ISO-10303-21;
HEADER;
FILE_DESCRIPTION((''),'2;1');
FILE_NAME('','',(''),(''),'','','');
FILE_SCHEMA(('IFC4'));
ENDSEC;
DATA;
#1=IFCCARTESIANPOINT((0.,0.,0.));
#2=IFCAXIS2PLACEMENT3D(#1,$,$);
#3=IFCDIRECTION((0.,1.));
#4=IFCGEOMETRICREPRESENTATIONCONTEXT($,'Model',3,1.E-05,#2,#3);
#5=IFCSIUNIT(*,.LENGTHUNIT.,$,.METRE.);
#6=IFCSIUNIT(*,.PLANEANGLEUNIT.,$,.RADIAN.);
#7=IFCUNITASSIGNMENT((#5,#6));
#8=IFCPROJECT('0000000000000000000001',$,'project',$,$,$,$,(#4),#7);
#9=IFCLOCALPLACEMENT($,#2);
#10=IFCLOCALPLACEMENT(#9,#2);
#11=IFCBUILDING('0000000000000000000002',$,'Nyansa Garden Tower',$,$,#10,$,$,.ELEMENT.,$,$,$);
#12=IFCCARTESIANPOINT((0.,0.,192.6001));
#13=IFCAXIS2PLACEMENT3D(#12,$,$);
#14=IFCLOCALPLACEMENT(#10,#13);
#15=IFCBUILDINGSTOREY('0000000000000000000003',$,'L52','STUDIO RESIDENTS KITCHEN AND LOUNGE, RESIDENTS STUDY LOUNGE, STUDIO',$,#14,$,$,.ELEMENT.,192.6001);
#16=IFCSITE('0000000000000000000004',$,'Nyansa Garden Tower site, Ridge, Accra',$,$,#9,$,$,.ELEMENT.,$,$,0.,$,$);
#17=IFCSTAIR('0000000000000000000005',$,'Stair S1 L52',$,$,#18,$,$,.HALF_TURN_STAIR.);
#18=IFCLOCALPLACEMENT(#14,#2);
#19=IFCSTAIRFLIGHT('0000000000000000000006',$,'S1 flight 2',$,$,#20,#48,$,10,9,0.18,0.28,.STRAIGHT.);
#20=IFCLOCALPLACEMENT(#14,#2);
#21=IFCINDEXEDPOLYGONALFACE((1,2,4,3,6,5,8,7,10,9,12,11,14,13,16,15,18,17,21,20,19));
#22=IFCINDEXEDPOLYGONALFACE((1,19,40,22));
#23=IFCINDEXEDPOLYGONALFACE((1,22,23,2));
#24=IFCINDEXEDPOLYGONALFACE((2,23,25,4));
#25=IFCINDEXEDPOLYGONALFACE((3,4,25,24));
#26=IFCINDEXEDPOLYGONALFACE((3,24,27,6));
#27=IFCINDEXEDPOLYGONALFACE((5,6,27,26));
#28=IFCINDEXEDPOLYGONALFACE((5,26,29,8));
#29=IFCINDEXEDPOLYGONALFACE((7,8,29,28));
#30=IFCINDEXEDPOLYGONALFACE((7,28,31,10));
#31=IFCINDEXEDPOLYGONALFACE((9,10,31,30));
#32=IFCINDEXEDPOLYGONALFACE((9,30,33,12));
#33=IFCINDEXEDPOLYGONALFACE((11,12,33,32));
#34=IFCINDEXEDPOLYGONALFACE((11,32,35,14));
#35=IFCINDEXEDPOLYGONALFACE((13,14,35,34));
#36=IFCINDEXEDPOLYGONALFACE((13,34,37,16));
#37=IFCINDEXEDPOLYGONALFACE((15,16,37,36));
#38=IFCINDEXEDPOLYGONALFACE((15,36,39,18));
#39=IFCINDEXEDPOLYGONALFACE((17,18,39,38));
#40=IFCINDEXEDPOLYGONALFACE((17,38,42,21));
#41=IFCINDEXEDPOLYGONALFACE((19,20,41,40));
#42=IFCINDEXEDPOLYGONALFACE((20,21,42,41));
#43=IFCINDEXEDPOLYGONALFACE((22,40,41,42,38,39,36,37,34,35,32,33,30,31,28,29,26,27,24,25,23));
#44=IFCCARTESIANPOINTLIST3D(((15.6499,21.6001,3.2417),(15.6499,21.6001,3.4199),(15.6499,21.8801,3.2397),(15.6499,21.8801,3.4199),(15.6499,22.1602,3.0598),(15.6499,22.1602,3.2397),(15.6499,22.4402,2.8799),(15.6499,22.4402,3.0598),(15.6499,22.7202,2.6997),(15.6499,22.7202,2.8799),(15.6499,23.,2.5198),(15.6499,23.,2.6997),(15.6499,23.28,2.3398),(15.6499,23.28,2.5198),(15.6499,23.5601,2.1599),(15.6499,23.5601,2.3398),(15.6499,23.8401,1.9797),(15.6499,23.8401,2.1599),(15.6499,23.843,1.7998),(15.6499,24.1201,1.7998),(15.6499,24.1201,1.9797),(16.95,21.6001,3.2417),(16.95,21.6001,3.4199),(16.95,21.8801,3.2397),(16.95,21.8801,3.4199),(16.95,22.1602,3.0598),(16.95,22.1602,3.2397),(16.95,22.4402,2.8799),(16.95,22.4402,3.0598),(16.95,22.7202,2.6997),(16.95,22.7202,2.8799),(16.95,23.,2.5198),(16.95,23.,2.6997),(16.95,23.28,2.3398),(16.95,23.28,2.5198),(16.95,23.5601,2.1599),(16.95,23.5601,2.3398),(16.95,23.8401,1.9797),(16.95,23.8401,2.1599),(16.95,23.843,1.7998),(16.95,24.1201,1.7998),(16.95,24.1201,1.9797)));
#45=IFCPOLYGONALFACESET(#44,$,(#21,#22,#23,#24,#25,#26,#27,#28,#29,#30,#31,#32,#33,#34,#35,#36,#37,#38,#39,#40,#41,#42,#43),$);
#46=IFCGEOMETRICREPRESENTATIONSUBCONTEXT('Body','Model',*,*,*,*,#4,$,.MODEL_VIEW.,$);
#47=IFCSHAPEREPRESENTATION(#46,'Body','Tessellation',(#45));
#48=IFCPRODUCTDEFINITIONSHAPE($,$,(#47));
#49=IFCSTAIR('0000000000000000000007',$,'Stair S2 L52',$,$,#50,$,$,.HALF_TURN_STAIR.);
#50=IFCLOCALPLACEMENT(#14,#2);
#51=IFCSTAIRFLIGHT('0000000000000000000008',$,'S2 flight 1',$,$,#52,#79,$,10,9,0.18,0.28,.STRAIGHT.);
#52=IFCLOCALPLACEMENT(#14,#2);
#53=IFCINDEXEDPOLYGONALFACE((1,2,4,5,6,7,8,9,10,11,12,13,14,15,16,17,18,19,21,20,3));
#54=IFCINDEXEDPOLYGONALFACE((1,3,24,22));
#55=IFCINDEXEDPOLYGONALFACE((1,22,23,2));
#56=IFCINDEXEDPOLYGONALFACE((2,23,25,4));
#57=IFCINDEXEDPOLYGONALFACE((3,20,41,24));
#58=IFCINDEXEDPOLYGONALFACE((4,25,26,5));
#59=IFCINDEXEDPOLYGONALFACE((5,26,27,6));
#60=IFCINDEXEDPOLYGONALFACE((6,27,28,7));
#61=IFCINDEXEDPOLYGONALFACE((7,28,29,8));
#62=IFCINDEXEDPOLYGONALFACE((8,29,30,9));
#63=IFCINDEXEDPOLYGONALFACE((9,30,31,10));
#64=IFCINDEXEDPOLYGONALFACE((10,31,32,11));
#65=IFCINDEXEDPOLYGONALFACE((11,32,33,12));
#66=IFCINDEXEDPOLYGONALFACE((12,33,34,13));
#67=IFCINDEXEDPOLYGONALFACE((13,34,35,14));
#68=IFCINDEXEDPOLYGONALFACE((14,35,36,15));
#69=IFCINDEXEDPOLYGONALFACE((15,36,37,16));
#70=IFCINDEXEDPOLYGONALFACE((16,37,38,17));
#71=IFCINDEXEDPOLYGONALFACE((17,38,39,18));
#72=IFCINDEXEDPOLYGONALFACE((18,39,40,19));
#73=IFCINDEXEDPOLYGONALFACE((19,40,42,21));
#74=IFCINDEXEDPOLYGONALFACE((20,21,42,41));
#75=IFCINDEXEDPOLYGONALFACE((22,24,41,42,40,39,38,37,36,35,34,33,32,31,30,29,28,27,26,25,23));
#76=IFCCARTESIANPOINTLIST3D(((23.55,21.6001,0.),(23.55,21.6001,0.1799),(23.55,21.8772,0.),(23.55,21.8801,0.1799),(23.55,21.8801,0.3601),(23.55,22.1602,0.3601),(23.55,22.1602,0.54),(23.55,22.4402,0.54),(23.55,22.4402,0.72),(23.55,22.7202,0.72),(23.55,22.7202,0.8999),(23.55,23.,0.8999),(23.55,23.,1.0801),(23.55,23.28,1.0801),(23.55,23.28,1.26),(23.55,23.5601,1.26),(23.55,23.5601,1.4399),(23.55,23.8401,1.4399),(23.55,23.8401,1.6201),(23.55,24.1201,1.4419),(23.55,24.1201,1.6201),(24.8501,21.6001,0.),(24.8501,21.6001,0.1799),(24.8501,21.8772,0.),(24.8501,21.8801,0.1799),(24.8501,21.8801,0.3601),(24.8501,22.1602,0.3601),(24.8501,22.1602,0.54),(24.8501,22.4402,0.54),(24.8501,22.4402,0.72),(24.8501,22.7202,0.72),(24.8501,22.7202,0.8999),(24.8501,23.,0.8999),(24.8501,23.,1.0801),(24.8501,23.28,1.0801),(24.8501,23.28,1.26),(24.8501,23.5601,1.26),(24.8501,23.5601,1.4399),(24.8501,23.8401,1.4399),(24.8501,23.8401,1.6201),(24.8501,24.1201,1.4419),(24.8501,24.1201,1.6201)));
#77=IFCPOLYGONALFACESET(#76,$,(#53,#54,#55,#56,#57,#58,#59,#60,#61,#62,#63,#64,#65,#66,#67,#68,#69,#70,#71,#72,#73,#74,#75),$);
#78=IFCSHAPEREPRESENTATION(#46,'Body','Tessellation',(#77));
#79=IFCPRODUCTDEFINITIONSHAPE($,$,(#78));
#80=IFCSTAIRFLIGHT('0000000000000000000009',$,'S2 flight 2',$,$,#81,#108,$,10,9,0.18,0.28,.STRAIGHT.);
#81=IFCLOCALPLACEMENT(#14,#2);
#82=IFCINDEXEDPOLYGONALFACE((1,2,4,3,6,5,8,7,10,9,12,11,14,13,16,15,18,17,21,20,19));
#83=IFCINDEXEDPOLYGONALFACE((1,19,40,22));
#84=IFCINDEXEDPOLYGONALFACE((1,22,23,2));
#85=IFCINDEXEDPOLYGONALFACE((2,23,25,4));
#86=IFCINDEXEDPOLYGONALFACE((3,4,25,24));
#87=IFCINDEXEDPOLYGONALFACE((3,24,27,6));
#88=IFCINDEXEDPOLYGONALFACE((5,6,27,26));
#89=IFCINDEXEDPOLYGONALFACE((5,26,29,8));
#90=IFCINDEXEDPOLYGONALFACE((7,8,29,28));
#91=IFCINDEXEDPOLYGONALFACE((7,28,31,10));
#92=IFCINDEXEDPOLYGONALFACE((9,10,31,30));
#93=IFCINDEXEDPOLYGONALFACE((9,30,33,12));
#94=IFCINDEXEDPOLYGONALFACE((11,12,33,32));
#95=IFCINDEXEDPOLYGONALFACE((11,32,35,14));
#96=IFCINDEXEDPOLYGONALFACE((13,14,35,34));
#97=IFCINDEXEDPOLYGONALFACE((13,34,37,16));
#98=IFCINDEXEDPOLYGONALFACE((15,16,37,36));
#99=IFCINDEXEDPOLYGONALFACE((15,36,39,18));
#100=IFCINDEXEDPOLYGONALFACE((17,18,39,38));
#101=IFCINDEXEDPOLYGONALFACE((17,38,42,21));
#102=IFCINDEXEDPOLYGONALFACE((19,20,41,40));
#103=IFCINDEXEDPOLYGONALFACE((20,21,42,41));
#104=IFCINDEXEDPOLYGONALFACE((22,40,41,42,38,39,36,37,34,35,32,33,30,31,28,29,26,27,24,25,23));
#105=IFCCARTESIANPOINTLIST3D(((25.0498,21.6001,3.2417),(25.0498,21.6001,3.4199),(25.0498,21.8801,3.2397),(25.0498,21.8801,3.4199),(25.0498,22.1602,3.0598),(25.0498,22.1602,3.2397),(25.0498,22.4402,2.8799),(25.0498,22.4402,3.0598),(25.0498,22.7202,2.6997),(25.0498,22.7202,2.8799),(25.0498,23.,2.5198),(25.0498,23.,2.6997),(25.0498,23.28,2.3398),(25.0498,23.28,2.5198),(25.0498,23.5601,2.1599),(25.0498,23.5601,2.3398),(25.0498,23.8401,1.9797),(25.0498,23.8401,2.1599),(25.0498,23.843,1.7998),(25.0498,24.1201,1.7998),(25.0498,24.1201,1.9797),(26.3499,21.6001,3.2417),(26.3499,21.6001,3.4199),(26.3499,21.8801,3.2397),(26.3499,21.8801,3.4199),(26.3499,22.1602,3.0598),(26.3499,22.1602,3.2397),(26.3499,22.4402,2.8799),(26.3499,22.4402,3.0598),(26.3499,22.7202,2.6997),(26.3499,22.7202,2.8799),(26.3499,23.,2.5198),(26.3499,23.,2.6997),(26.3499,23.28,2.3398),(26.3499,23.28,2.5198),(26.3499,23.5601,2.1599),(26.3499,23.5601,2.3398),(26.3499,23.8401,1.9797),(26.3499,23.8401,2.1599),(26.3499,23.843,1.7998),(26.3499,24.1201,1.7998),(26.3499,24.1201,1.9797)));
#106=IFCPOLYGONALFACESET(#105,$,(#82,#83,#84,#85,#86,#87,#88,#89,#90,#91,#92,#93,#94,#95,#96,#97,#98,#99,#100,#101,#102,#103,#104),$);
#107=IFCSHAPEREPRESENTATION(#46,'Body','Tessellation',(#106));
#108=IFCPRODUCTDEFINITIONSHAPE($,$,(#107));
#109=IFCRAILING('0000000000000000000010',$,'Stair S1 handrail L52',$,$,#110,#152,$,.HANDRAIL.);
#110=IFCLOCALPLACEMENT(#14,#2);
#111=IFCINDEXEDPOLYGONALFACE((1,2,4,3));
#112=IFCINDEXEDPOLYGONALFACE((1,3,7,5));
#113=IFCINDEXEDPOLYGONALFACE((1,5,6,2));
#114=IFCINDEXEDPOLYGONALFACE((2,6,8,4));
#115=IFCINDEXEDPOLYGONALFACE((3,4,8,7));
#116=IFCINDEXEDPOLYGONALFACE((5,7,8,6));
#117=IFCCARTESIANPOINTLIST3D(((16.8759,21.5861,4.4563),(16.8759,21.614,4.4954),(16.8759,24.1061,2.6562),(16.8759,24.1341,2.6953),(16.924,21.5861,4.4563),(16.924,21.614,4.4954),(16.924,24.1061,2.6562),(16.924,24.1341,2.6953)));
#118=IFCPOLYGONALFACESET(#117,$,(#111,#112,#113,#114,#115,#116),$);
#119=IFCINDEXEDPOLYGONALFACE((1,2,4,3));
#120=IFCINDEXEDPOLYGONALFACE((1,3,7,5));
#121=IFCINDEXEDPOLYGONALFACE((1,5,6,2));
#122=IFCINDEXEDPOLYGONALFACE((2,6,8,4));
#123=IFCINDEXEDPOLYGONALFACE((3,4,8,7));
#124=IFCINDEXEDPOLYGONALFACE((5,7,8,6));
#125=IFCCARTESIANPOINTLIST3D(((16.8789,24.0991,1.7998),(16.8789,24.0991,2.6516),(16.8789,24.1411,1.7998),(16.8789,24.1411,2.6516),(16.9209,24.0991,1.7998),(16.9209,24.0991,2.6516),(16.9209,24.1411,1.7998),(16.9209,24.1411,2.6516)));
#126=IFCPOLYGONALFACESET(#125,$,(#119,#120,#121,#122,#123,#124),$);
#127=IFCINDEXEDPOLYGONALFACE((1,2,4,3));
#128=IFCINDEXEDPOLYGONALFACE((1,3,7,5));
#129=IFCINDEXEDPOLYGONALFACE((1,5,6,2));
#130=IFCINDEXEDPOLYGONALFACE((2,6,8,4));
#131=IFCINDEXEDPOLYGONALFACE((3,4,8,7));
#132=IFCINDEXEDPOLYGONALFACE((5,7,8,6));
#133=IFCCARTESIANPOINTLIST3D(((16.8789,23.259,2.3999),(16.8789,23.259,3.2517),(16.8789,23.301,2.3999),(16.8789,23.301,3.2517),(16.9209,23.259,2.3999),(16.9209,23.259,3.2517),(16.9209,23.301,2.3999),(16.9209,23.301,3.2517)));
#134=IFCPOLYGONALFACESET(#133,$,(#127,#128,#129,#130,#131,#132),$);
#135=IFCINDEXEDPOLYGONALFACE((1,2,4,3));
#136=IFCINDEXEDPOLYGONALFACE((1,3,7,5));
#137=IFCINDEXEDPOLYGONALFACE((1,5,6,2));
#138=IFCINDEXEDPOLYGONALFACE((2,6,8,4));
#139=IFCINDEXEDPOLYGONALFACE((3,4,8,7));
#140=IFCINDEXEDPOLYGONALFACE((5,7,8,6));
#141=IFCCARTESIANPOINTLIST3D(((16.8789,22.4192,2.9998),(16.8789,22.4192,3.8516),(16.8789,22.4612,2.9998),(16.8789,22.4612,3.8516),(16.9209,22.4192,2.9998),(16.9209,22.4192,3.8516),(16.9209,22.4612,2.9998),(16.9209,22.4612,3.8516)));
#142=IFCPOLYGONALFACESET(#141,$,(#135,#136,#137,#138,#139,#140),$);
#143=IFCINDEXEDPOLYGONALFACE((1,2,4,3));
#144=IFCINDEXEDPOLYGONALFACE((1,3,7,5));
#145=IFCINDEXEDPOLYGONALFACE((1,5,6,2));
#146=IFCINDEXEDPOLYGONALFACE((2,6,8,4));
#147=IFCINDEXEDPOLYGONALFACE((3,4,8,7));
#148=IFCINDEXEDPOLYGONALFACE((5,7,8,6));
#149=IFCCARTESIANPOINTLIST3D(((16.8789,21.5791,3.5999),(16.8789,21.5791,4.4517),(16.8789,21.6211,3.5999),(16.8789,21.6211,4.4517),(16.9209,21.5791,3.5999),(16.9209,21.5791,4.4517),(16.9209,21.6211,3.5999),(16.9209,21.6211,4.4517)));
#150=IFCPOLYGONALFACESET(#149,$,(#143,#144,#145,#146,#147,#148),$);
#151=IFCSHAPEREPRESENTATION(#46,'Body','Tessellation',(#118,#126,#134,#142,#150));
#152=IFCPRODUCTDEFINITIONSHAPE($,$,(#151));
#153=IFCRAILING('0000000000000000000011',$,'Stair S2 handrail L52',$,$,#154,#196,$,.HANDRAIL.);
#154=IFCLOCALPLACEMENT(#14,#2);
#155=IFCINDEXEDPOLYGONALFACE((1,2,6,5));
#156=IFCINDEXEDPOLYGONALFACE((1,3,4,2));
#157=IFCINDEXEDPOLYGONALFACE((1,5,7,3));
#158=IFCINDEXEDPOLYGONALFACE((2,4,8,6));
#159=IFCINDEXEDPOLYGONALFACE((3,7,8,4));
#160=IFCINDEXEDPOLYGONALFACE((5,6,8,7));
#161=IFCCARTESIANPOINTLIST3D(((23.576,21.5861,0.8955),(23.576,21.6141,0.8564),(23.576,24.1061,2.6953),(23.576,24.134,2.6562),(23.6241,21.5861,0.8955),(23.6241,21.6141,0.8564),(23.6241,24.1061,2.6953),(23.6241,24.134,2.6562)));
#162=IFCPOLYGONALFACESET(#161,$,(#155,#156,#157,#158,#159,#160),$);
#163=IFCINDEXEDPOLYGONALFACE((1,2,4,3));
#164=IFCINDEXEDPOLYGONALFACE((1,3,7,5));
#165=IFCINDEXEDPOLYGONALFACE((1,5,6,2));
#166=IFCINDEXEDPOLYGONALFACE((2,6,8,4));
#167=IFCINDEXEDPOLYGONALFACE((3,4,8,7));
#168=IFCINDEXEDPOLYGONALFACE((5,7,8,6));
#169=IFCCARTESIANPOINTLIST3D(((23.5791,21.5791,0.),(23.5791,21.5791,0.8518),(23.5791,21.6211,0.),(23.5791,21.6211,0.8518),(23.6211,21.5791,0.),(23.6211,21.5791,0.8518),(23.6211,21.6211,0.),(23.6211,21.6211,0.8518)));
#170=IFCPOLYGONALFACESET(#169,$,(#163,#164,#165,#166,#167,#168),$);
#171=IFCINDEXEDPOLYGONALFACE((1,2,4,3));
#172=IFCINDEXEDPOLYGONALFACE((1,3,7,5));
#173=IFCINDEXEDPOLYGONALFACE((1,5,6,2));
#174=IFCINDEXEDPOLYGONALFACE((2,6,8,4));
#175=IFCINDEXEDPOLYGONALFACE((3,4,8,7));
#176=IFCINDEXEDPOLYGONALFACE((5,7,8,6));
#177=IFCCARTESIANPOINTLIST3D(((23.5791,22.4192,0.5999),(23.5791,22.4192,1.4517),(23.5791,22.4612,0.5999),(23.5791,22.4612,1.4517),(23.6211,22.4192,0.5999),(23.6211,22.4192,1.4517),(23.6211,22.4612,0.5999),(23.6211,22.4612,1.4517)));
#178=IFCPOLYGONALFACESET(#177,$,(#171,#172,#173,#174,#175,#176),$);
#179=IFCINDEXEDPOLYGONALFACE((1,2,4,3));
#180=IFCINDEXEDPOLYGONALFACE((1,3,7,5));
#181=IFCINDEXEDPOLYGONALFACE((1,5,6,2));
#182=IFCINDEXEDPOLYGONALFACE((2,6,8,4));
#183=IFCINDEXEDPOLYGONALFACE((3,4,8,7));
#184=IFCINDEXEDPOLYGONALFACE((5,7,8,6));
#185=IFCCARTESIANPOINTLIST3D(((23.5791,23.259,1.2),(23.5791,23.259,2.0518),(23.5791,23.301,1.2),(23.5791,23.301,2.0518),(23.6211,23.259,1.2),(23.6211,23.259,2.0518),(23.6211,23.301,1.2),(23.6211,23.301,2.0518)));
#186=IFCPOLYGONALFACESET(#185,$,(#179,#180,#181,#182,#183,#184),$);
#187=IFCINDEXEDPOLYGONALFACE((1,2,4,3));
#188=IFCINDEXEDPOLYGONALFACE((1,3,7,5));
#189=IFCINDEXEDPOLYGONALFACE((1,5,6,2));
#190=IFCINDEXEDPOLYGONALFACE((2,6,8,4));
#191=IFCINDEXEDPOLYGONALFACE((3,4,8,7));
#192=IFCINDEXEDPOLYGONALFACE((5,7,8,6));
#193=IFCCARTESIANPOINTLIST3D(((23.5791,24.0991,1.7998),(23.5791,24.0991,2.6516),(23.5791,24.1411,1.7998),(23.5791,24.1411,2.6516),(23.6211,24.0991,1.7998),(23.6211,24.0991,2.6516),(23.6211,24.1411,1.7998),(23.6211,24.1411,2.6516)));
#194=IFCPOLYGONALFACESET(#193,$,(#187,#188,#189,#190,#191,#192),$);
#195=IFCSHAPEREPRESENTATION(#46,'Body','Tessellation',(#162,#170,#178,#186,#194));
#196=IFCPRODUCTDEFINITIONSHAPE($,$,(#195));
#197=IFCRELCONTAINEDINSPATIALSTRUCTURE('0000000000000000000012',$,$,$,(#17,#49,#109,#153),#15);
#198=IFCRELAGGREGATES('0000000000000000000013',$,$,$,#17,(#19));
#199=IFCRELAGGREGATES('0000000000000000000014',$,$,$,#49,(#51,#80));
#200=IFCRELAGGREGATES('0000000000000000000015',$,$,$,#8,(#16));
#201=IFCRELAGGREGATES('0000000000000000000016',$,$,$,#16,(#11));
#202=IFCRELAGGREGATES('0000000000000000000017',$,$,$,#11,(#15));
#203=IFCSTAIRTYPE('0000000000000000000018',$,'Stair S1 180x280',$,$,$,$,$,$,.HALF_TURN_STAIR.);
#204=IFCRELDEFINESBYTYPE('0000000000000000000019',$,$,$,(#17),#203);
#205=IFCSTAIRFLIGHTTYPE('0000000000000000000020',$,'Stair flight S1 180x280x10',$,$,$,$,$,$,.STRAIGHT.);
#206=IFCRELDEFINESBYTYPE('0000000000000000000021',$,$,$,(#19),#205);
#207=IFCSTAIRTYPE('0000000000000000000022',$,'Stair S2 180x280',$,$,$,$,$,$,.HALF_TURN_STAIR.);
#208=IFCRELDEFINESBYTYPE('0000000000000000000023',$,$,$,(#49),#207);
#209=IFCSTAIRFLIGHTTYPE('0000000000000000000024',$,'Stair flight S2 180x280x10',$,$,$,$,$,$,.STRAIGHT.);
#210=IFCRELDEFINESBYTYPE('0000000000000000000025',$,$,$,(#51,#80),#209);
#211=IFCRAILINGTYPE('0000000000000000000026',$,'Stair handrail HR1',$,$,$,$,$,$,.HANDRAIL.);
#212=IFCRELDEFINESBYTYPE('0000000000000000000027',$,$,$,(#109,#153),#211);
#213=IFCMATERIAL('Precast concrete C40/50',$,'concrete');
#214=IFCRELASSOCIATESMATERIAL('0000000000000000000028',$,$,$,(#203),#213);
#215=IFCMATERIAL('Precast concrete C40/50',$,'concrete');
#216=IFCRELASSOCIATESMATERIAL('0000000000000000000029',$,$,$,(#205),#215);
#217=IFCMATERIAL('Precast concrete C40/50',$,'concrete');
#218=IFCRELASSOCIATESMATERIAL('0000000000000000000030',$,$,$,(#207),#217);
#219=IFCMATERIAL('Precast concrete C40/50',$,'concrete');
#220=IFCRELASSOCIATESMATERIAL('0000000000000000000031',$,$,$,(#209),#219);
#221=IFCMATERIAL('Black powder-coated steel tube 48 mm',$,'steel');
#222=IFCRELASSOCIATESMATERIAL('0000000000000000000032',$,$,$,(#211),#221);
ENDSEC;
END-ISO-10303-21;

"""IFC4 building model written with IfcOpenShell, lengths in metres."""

from ifc_helpers import new_model, si_unit, direction, frame, origin, origin_2d, place, context, subcontext, project, spatial, polyline, rectangle, outline, extrude, material, type_object, element, aggregate, save


model = new_model("IFC4")

# Units and contexts
model_context = context("Model", 3, precision=1e-05, world=origin(), true_north=direction((0.0, 1.0)))
body_context = subcontext(model_context, "Body", "Model", "MODEL_VIEW")
ifc_project = project(units=[si_unit("LENGTHUNIT", "METRE"), si_unit("PLANEANGLEUNIT", "RADIAN")], contexts=[model_context])

# Site, building, storey
site_placement = place(None, origin())
site = spatial("IfcSite", under=ifc_project, at=site_placement, Name="Nyansa Garden Tower site, Ridge, Accra", CompositionType="ELEMENT", RefElevation=0.0)
building_placement = place(site_placement, origin())
building = spatial("IfcBuilding", under=site, at=building_placement, Name="Nyansa Garden Tower", CompositionType="ELEMENT")
storey_placement = place(building_placement, frame((0.0, 0.0, 192.6001)))
storey = spatial("IfcBuildingStorey", under=building, at=storey_placement, Name="L52", Description="STUDIO RESIDENTS KITCHEN AND LOUNGE, RESIDENTS STUDY LOUNGE, STUDIO", CompositionType="ELEMENT", Elevation=192.6001)

# Stairs, stair flights
ifc_material_1 = material(Name="Precast concrete C40/50", Category="concrete")
stair_type_1 = type_object("IfcStairType", Name="Stair S1 180x280", PredefinedType="HALF_TURN_STAIR", material=ifc_material_1)
stair_1_placement = place(storey_placement, origin())
stair_1 = element("IfcStair", 1, at=stair_1_placement, inside=storey, type_object=stair_type_1, Name="Stair S1 L52", PredefinedType="HALF_TURN_STAIR")
ifc_material_2 = material(Name="Precast concrete C40/50", Category="concrete")
stair_flight_type_1 = type_object("IfcStairFlightType", Name="Stair flight S1 180x280x10", PredefinedType="STRAIGHT", material=ifc_material_2)
stair_flight_1_placement = place(storey_placement, frame((16.3, 24.1201, 1.7998), z_axis=(0.0, 0.0, 1.0), x_axis=(0.0, -1.0, 0.0)))
stair_flight_1 = element("IfcStairFlight", 2, at=stair_flight_1_placement, type_object=stair_flight_type_1, Name="S1 flight 2", NumberOfRisers=10, NumberOfTreads=9, PredefinedType="STRAIGHT", RiserHeight=0.18, TreadLength=0.28, context=body_context, shape_type="SweptSolid", body=[
    extrude(outline(polyline([(0.0, 0.0), (0.0, 0.1799), (0.28, 0.1799), (0.28, 0.3601), (0.5601, 0.3601), (0.5601, 0.54), (0.8401, 0.54), (0.8401, 0.72), (1.1201, 0.72), (1.1201, 0.8999), (1.3999, 0.8999), (1.3999, 1.0801), (1.6799, 1.0801), (1.6799, 1.26), (1.96, 1.26), (1.96, 1.4399), (2.24, 1.4399), (2.24, 1.6201), (2.52, 1.6201), (2.52, 1.8), (2.52, 1.4419), (0.2771, 0.0), (0.0, 0.0)])), frame((0.0, 0.6499, 0.0), z_axis=(0.0, -1.0, 0.0), x_axis=(1.0, 0.0, 0.0)), (0.0, 0.0, 1.0), 1.3),
])
aggregate(stair_1, [stair_flight_1])
ifc_material_3 = material(Name="Precast concrete C40/50", Category="concrete")
stair_type_2 = type_object("IfcStairType", Name="Stair S2 180x280", PredefinedType="HALF_TURN_STAIR", material=ifc_material_3)
stair_2_placement = place(storey_placement, origin())
stair_2 = element("IfcStair", 3, at=stair_2_placement, inside=storey, type_object=stair_type_2, Name="Stair S2 L52", PredefinedType="HALF_TURN_STAIR")
ifc_material_4 = material(Name="Precast concrete C40/50", Category="concrete")
stair_flight_type_2 = type_object("IfcStairFlightType", Name="Stair flight S2 180x280x10", PredefinedType="STRAIGHT", material=ifc_material_4)
stair_flight_2_placement = place(storey_placement, frame((24.2, 21.6001, 0.0), z_axis=(0.0, 0.0, 1.0), x_axis=(0.0, 1.0, 0.0)))
stair_flight_2 = element("IfcStairFlight", 4, at=stair_flight_2_placement, type_object=stair_flight_type_2, Name="S2 flight 1", NumberOfRisers=10, NumberOfTreads=9, PredefinedType="STRAIGHT", RiserHeight=0.18, TreadLength=0.28, context=body_context, shape_type="SweptSolid", body=[
    extrude(outline(polyline([(0.0, 0.0), (0.0, 0.1799), (0.28, 0.1799), (0.28, 0.3601), (0.5601, 0.3601), (0.5601, 0.54), (0.8401, 0.54), (0.8401, 0.72), (1.1201, 0.72), (1.1201, 0.8999), (1.3999, 0.8999), (1.3999, 1.0801), (1.6799, 1.0801), (1.6799, 1.26), (1.96, 1.26), (1.96, 1.4399), (2.24, 1.4399), (2.24, 1.6201), (2.52, 1.6201), (2.52, 1.8), (2.52, 1.4419), (0.2771, 0.0), (0.0, 0.0)])), frame((0.0, 0.6499, 0.0), z_axis=(0.0, -1.0, 0.0), x_axis=(1.0, 0.0, 0.0)), (0.0, 0.0, 1.0), 1.3),
])
stair_flight_3_placement = place(storey_placement, frame((25.7, 24.1201, 1.7998), z_axis=(0.0, 0.0, 1.0), x_axis=(0.0, -1.0, 0.0)))
stair_flight_3 = element("IfcStairFlight", 5, at=stair_flight_3_placement, type_object=stair_flight_type_2, Name="S2 flight 2", NumberOfRisers=10, NumberOfTreads=9, PredefinedType="STRAIGHT", RiserHeight=0.18, TreadLength=0.28, context=body_context, shape_type="SweptSolid", body=[
    extrude(outline(polyline([(0.0, 0.0), (0.0, 0.1799), (0.28, 0.1799), (0.28, 0.3601), (0.5601, 0.3601), (0.5601, 0.54), (0.8401, 0.54), (0.8401, 0.72), (1.1201, 0.72), (1.1201, 0.8999), (1.3999, 0.8999), (1.3999, 1.0801), (1.6799, 1.0801), (1.6799, 1.26), (1.96, 1.26), (1.96, 1.4399), (2.24, 1.4399), (2.24, 1.6201), (2.52, 1.6201), (2.52, 1.8), (2.52, 1.4419), (0.2771, 0.0), (0.0, 0.0)])), frame((0.0, 0.6499, 0.0), z_axis=(0.0, -1.0, 0.0), x_axis=(1.0, 0.0, 0.0)), (0.0, 0.0, 1.0), 1.3),
])
aggregate(stair_2, [stair_flight_2, stair_flight_3])

# Railings
ifc_material_5 = material(Name="Black powder-coated steel tube 48 mm", Category="steel")
railing_type = type_object("IfcRailingType", Name="Stair handrail HR1", PredefinedType="HANDRAIL", material=ifc_material_5)
railing_1_placement = place(storey_placement, frame((16.8999, 24.1201, 1.7998)))
element("IfcRailing", 6, at=railing_1_placement, inside=storey, type_object=railing_type, Name="Stair S1 handrail L52", PredefinedType="HANDRAIL", context=body_context, shape_type="SweptSolid", body=[
    extrude(rectangle(XDim=0.0481, YDim=0.0481, at=origin_2d()), frame((0.0, 0.0, 0.876), z_axis=(0.0, -0.813728, 0.581246), x_axis=(1.0, 0.0, 0.0)), (0.0, 0.0, 1.0), 3.0969),
    extrude(rectangle(XDim=0.042, YDim=0.042, at=origin_2d()), origin(), (0.0, 0.0, 1.0), 0.8518),
    extrude(rectangle(XDim=0.042, YDim=0.042, at=origin_2d()), frame((0.0, -0.8401, 0.6001)), (0.0, 0.0, 1.0), 0.8518),
    extrude(rectangle(XDim=0.042, YDim=0.042, at=origin_2d()), frame((0.0, -1.6799, 1.2)), (0.0, 0.0, 1.0), 0.8518),
    extrude(rectangle(XDim=0.042, YDim=0.042, at=origin_2d()), frame((0.0, -2.52, 1.8)), (0.0, 0.0, 1.0), 0.8518),
])
railing_2_placement = place(storey_placement, frame((23.6001, 21.6001, 0.0)))
element("IfcRailing", 7, at=railing_2_placement, inside=storey, type_object=railing_type, Name="Stair S2 handrail L52", PredefinedType="HANDRAIL", context=body_context, shape_type="SweptSolid", body=[
    extrude(rectangle(XDim=0.0481, YDim=0.0481, at=origin_2d()), frame((0.0, 0.0, 0.876), z_axis=(0.0, 0.813765, 0.581193), x_axis=(-1.0, 0.0, 0.0)), (0.0, 0.0, 1.0), 3.0967),
    extrude(rectangle(XDim=0.042, YDim=0.042, at=origin_2d()), origin(), (0.0, 0.0, 1.0), 0.8518),
    extrude(rectangle(XDim=0.042, YDim=0.042, at=origin_2d()), frame((0.0, 0.8401, 0.5999)), (0.0, 0.0, 1.0), 0.8518),
    extrude(rectangle(XDim=0.042, YDim=0.042, at=origin_2d()), frame((0.0, 1.6799, 1.2)), (0.0, 0.0, 1.0), 0.8518),
    extrude(rectangle(XDim=0.042, YDim=0.042, at=origin_2d()), frame((0.0, 2.52, 1.7998)), (0.0, 0.0, 1.0), 0.8518),
])

save(model, "model.ifc")
